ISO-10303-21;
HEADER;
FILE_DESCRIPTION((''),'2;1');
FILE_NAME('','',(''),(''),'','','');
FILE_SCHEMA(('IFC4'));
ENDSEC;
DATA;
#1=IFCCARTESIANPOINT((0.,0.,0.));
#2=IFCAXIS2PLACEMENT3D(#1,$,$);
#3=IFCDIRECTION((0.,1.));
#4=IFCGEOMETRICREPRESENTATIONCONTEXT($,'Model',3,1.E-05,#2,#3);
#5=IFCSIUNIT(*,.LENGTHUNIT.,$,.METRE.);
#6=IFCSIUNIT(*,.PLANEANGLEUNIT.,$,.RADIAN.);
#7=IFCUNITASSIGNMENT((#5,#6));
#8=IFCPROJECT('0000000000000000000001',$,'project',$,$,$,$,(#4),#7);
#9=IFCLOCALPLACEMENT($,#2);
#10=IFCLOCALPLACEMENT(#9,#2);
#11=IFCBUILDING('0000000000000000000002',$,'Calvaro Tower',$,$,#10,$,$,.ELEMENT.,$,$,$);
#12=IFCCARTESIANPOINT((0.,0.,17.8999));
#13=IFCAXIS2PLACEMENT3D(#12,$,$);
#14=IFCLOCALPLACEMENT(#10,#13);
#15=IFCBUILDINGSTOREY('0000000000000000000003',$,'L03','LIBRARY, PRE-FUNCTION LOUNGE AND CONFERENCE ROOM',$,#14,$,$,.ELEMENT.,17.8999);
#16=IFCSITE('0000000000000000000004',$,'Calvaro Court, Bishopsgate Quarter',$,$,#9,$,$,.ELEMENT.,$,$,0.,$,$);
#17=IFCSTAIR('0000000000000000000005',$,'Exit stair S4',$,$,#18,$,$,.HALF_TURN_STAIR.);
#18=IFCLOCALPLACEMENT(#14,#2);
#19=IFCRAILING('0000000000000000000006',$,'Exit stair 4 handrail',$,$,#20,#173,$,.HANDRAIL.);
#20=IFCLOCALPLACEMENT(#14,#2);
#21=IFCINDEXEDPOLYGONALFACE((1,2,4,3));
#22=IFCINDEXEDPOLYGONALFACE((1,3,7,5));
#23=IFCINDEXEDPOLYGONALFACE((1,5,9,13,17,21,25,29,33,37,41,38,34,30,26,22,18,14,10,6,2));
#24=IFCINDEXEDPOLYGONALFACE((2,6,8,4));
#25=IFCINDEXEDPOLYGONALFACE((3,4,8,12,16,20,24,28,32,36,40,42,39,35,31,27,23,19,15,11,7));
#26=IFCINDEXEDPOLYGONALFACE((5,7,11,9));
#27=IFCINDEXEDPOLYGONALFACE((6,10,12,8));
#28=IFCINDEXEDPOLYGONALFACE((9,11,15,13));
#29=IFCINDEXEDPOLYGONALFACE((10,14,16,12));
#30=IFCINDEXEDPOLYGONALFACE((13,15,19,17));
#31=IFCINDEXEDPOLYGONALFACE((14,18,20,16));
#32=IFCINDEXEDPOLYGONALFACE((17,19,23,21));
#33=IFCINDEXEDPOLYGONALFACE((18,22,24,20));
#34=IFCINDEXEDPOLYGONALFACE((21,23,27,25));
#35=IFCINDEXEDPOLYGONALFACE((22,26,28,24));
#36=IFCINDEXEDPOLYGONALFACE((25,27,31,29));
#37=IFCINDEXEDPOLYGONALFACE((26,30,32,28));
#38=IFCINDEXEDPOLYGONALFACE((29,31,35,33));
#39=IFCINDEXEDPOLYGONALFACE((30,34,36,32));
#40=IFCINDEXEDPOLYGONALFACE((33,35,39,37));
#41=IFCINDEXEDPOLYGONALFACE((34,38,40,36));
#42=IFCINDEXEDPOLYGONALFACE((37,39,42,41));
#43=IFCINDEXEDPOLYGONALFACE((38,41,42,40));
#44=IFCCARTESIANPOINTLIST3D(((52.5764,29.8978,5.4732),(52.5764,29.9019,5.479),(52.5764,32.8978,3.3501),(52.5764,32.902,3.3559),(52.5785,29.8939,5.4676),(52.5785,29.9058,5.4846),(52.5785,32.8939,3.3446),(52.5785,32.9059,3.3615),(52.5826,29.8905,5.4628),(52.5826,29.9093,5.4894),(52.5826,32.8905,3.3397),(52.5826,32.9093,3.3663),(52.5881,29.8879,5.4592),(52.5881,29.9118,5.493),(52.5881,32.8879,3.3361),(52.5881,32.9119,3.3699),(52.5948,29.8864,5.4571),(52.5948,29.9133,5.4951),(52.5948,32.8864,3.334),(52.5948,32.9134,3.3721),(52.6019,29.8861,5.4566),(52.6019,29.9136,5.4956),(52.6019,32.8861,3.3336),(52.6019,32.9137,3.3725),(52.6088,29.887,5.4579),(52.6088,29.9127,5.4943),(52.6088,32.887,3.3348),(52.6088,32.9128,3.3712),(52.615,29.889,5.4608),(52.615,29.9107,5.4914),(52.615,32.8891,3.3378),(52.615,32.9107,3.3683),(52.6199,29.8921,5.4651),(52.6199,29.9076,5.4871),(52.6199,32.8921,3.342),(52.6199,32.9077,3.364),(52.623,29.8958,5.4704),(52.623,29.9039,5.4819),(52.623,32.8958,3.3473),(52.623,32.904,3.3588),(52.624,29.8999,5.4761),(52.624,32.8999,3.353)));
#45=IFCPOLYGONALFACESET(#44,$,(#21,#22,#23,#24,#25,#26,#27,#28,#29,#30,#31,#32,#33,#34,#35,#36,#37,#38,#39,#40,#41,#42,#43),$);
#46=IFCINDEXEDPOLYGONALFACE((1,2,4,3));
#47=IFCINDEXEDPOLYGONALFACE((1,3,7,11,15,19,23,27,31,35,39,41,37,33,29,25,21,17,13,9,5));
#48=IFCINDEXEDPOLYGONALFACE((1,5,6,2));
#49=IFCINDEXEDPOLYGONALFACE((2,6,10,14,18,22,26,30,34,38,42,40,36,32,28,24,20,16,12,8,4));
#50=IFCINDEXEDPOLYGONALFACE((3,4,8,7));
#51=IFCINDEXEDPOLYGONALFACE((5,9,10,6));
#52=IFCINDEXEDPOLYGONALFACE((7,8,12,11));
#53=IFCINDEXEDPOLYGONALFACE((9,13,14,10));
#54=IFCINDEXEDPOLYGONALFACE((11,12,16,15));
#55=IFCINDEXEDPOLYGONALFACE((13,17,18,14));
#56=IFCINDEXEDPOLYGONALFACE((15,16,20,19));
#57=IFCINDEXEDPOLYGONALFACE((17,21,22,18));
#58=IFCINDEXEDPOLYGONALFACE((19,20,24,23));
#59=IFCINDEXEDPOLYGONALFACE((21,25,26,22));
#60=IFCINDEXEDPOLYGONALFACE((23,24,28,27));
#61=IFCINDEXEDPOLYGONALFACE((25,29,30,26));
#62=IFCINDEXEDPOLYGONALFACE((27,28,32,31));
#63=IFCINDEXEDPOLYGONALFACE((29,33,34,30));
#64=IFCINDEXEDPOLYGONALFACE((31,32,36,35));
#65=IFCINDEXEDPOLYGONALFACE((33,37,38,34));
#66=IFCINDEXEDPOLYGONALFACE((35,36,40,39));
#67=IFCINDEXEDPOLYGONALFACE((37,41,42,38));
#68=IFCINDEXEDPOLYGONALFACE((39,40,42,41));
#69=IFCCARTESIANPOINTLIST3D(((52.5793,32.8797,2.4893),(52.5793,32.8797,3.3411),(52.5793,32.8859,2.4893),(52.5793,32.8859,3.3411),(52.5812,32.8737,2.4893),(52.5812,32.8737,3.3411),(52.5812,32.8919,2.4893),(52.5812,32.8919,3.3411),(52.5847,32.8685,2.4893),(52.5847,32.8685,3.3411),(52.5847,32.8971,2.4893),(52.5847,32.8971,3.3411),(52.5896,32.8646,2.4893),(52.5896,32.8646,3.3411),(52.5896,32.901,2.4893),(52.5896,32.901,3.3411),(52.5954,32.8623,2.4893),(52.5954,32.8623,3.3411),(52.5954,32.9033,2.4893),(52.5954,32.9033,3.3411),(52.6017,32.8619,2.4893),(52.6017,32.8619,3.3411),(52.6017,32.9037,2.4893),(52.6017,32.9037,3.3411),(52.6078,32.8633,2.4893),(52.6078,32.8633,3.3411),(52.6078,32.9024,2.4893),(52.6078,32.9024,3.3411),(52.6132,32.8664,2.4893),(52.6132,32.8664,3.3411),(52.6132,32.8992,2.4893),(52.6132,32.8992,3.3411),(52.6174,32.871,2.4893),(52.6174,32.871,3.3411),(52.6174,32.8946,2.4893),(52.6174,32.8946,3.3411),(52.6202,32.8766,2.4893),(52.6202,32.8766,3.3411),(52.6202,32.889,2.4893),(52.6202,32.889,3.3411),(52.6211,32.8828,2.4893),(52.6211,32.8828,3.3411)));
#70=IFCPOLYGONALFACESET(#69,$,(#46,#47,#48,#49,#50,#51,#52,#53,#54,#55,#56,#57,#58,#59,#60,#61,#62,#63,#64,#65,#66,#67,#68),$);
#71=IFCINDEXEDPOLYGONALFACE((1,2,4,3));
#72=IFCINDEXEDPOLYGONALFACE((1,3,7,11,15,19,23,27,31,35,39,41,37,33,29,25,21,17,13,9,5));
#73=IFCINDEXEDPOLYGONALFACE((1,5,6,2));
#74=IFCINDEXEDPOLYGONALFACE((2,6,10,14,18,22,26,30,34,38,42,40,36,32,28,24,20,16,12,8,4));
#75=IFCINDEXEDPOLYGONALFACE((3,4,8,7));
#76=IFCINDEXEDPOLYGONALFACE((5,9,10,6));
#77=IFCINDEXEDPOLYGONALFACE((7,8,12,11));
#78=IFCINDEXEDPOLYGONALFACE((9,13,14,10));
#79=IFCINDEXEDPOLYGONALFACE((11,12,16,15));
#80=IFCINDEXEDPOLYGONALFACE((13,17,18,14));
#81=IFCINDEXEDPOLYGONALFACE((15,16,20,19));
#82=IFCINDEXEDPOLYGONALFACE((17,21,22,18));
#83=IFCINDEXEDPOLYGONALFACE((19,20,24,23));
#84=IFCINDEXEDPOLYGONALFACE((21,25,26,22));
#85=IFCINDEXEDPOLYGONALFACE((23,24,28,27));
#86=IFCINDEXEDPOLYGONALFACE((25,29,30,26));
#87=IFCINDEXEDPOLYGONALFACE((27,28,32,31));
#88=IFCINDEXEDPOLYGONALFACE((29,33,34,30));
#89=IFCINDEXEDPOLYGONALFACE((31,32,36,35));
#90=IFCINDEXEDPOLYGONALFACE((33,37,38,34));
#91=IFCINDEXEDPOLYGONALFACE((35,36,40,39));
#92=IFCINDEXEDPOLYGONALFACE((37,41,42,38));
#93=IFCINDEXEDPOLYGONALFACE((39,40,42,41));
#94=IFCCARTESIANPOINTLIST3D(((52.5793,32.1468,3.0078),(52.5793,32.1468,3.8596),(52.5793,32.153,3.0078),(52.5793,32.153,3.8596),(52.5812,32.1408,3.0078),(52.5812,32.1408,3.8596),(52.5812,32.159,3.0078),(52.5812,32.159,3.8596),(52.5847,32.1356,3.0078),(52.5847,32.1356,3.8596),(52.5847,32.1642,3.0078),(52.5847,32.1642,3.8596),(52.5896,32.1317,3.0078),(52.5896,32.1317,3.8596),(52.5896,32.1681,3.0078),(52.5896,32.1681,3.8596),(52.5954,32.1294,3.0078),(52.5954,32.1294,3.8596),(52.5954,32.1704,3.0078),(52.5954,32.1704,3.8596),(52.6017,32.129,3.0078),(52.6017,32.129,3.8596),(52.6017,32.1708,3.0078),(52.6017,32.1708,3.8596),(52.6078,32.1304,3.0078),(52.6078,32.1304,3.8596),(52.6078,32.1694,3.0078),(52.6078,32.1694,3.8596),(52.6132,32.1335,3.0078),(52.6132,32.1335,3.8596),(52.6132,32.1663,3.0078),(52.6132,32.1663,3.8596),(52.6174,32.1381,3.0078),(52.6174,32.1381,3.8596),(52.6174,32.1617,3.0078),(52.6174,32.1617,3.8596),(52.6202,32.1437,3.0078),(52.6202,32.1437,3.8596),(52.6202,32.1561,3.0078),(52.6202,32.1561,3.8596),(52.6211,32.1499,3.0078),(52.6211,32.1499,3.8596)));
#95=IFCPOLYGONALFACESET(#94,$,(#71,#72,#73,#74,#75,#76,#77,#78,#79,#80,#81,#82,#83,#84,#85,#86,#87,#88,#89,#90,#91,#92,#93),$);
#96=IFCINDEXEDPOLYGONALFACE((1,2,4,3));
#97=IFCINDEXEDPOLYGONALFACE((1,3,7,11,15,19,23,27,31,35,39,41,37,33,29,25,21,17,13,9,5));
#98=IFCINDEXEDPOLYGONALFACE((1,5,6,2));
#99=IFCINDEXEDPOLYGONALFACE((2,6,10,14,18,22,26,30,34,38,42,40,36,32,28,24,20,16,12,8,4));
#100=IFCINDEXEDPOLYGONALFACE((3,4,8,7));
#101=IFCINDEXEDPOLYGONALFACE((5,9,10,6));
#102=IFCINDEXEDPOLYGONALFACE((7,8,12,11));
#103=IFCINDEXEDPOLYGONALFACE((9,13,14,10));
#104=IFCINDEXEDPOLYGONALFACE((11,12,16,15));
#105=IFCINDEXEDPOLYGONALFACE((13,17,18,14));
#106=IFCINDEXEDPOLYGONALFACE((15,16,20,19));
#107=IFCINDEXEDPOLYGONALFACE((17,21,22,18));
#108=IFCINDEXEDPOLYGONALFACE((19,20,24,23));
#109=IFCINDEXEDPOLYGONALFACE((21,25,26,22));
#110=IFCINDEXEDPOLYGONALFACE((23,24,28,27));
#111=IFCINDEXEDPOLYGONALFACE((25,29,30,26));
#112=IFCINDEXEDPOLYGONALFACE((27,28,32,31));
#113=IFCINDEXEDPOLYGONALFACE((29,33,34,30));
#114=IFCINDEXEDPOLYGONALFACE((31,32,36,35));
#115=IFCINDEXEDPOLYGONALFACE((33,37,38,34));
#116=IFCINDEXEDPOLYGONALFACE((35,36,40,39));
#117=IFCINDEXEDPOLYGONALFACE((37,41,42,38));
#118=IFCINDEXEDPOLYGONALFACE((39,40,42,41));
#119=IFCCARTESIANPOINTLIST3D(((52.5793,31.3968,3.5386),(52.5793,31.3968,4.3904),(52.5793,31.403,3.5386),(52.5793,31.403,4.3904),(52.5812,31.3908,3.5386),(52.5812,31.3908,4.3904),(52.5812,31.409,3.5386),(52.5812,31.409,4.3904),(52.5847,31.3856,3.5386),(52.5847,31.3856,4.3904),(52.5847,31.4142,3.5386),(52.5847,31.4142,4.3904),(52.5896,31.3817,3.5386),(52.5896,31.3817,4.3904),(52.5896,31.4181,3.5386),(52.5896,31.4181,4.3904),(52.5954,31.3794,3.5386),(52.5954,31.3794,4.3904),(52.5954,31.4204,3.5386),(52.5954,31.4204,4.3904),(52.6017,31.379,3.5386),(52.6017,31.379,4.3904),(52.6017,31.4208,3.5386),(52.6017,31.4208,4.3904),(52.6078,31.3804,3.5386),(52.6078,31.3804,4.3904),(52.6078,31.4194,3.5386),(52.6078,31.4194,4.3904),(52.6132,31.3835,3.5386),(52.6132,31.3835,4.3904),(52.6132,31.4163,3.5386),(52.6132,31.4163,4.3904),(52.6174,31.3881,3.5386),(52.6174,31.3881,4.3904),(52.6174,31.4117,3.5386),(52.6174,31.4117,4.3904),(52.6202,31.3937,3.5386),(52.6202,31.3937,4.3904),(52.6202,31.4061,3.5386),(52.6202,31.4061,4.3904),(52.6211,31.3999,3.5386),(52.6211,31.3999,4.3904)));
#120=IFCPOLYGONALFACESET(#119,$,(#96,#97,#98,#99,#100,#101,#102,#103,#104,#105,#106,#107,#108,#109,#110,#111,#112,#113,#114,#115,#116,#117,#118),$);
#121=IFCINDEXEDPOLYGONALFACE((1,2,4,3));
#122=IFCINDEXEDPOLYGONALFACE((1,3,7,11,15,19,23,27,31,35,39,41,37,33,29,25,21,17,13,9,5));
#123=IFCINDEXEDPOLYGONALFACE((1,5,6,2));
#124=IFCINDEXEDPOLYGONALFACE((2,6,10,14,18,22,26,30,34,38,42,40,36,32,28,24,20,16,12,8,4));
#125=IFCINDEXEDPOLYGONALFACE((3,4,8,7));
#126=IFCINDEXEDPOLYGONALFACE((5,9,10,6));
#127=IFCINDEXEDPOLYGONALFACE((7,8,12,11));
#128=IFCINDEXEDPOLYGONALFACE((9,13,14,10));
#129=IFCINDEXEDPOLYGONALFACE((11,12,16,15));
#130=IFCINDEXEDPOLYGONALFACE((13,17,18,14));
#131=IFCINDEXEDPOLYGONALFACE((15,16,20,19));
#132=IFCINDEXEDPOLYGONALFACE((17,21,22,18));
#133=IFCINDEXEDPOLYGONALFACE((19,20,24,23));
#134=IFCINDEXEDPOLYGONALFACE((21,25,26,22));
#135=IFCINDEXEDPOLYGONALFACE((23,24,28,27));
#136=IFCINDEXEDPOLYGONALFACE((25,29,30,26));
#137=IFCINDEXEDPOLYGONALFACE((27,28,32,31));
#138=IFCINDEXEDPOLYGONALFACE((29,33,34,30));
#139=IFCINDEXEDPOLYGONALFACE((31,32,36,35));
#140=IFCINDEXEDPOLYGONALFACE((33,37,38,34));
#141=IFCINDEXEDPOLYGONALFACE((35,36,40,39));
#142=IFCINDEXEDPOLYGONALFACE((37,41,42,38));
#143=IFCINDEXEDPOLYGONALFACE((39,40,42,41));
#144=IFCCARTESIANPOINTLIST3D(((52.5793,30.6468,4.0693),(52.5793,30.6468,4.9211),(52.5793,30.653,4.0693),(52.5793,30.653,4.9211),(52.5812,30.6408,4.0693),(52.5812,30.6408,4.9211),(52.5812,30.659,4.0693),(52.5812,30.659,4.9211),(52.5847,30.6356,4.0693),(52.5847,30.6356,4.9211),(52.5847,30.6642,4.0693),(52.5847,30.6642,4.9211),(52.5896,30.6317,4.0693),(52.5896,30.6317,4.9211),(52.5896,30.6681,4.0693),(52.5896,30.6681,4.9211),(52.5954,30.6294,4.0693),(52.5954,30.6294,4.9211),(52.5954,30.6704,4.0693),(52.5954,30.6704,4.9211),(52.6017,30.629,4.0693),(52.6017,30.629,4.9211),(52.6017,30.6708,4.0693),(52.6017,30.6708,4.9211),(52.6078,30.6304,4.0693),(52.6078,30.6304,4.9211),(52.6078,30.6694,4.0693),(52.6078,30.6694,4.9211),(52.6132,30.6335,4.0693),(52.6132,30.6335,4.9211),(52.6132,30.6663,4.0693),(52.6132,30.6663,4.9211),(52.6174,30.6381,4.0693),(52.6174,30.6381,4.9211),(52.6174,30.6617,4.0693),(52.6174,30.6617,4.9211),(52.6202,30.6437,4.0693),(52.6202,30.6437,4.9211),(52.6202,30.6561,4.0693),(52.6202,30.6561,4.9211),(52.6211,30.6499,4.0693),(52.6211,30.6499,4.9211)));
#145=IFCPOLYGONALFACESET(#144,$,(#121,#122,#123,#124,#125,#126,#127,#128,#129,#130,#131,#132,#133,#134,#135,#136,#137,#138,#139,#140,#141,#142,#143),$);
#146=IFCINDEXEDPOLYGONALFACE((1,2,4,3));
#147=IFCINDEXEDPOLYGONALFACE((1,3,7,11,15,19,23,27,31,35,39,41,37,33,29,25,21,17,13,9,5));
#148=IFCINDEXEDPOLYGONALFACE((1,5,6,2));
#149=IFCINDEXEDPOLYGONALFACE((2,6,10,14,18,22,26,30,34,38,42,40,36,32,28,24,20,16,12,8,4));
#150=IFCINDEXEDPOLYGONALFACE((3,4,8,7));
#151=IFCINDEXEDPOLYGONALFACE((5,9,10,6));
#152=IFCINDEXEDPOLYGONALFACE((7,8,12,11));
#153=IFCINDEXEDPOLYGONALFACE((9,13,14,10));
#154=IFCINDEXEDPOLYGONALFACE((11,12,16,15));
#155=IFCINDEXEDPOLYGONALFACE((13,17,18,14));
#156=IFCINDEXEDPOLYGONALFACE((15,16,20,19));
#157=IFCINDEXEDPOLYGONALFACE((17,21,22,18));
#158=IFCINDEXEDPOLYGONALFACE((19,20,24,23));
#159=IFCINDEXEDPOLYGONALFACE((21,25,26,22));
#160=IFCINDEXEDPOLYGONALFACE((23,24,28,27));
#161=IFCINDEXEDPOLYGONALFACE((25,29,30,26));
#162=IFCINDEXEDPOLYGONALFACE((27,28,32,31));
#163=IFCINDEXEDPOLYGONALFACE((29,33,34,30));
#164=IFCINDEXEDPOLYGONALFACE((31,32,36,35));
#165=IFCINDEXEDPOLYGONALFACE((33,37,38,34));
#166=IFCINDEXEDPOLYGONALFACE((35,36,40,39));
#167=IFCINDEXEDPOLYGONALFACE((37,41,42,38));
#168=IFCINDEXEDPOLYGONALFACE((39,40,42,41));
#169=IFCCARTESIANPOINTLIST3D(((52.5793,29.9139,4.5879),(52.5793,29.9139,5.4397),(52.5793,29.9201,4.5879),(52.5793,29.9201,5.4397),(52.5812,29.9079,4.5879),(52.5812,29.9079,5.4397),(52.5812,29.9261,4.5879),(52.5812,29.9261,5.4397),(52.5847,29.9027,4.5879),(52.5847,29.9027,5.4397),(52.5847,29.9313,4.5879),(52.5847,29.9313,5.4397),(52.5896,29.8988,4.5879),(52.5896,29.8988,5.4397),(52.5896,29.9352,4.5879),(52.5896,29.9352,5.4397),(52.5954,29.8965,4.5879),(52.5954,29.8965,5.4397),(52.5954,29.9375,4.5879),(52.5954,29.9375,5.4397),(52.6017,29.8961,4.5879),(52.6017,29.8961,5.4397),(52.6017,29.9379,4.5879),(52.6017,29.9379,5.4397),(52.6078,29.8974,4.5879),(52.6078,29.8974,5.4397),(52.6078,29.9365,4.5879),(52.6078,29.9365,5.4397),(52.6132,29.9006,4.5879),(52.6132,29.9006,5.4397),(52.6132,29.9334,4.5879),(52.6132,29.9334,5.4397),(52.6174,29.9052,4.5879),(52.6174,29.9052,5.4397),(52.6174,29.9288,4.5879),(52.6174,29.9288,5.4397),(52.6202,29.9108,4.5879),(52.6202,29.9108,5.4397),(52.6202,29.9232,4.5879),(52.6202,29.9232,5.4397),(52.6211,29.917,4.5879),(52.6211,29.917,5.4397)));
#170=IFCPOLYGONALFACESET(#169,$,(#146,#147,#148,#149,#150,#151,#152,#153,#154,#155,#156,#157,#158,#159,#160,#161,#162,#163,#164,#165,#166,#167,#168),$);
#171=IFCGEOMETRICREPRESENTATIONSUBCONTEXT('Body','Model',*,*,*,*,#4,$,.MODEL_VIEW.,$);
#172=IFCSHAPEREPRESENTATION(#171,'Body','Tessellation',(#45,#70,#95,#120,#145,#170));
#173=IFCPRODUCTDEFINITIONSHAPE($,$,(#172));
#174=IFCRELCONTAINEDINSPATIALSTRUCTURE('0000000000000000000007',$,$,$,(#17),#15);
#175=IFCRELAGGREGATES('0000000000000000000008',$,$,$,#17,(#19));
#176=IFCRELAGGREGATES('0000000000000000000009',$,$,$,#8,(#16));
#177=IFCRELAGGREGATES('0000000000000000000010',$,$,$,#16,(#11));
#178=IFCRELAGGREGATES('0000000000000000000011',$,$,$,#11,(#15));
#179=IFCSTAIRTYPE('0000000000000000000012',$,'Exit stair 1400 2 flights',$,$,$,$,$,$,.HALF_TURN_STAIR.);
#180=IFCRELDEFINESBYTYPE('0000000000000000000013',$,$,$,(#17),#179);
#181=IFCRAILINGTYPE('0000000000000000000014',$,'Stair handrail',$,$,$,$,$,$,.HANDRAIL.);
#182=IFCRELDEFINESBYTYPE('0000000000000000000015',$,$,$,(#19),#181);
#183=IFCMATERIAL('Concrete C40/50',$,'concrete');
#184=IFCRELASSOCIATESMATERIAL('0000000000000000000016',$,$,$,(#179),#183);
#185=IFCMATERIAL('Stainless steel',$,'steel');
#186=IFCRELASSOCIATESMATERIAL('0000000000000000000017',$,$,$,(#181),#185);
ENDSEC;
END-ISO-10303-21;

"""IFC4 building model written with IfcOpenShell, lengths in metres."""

from ifc_helpers import new_model, si_unit, direction, frame, origin, origin_2d, place, context, subcontext, project, spatial, circle, extrude, material, type_object, element, aggregate, save


model = new_model("IFC4")

# Units and contexts
model_context = context("Model", 3, precision=1e-05, world=origin(), true_north=direction((0.0, 1.0)))
body_context = subcontext(model_context, "Body", "Model", "MODEL_VIEW")
ifc_project = project(units=[si_unit("LENGTHUNIT", "METRE"), si_unit("PLANEANGLEUNIT", "RADIAN")], contexts=[model_context])

# Site, building, storey
site_placement = place(None, origin())
site = spatial("IfcSite", under=ifc_project, at=site_placement, Name="Calvaro Court, Bishopsgate Quarter", CompositionType="ELEMENT", RefElevation=0.0)
building_placement = place(site_placement, origin())
building = spatial("IfcBuilding", under=site, at=building_placement, Name="Calvaro Tower", CompositionType="ELEMENT")
storey_placement = place(building_placement, frame((0.0, 0.0, 17.8999)))
storey = spatial("IfcBuildingStorey", under=building, at=storey_placement, Name="L03", Description="LIBRARY, PRE-FUNCTION LOUNGE AND CONFERENCE ROOM", CompositionType="ELEMENT", Elevation=17.8999)

# Stair, railing
ifc_material_1 = material(Name="Concrete C40/50", Category="concrete")
stair_type = type_object("IfcStairType", Name="Exit stair 1400 2 flights", PredefinedType="HALF_TURN_STAIR", material=ifc_material_1)
stair_placement = place(storey_placement, origin())
stair = element("IfcStair", 1, at=stair_placement, inside=storey, type_object=stair_type, Name="Exit stair S4", PredefinedType="HALF_TURN_STAIR")
ifc_material_2 = material(Name="Stainless steel", Category="steel")
railing_type = type_object("IfcRailingType", Name="Stair handrail", PredefinedType="HANDRAIL", material=ifc_material_2)
railing_1_placement = place(storey_placement, frame((52.6001, 32.8999, 2.4771)))
railing_1 = element("IfcRailing", 2, at=railing_1_placement, type_object=railing_type, Name="Exit stair 4 handrail", PredefinedType="HANDRAIL", context=body_context, shape_type="SweptSolid", body=[
    extrude(circle(Radius=0.0239, at=origin_2d()), frame((0.0, 0.0, 0.876), z_axis=(0.0, -0.816275, 0.577663), x_axis=(1.0, 0.0, 0.0)), (0.0, 0.0, 1.0), 3.6753),
    extrude(circle(Radius=0.021, at=origin_2d()), frame((0.0, -0.0171, 0.0122)), (0.0, 0.0, 1.0), 0.8518),
    extrude(circle(Radius=0.021, at=origin_2d()), frame((0.0, -0.75, 0.5308)), (0.0, 0.0, 1.0), 0.8518),
    extrude(circle(Radius=0.021, at=origin_2d()), frame((0.0, -1.5, 1.0615)), (0.0, 0.0, 1.0), 0.8518),
    extrude(circle(Radius=0.021, at=origin_2d()), frame((0.0, -2.25, 1.5923)), (0.0, 0.0, 1.0), 0.8518),
    extrude(circle(Radius=0.021, at=origin_2d()), frame((0.0, -2.9829, 2.1108)), (0.0, 0.0, 1.0), 0.8518),
])
aggregate(stair, [railing_1])

save(model, "model.ifc")
